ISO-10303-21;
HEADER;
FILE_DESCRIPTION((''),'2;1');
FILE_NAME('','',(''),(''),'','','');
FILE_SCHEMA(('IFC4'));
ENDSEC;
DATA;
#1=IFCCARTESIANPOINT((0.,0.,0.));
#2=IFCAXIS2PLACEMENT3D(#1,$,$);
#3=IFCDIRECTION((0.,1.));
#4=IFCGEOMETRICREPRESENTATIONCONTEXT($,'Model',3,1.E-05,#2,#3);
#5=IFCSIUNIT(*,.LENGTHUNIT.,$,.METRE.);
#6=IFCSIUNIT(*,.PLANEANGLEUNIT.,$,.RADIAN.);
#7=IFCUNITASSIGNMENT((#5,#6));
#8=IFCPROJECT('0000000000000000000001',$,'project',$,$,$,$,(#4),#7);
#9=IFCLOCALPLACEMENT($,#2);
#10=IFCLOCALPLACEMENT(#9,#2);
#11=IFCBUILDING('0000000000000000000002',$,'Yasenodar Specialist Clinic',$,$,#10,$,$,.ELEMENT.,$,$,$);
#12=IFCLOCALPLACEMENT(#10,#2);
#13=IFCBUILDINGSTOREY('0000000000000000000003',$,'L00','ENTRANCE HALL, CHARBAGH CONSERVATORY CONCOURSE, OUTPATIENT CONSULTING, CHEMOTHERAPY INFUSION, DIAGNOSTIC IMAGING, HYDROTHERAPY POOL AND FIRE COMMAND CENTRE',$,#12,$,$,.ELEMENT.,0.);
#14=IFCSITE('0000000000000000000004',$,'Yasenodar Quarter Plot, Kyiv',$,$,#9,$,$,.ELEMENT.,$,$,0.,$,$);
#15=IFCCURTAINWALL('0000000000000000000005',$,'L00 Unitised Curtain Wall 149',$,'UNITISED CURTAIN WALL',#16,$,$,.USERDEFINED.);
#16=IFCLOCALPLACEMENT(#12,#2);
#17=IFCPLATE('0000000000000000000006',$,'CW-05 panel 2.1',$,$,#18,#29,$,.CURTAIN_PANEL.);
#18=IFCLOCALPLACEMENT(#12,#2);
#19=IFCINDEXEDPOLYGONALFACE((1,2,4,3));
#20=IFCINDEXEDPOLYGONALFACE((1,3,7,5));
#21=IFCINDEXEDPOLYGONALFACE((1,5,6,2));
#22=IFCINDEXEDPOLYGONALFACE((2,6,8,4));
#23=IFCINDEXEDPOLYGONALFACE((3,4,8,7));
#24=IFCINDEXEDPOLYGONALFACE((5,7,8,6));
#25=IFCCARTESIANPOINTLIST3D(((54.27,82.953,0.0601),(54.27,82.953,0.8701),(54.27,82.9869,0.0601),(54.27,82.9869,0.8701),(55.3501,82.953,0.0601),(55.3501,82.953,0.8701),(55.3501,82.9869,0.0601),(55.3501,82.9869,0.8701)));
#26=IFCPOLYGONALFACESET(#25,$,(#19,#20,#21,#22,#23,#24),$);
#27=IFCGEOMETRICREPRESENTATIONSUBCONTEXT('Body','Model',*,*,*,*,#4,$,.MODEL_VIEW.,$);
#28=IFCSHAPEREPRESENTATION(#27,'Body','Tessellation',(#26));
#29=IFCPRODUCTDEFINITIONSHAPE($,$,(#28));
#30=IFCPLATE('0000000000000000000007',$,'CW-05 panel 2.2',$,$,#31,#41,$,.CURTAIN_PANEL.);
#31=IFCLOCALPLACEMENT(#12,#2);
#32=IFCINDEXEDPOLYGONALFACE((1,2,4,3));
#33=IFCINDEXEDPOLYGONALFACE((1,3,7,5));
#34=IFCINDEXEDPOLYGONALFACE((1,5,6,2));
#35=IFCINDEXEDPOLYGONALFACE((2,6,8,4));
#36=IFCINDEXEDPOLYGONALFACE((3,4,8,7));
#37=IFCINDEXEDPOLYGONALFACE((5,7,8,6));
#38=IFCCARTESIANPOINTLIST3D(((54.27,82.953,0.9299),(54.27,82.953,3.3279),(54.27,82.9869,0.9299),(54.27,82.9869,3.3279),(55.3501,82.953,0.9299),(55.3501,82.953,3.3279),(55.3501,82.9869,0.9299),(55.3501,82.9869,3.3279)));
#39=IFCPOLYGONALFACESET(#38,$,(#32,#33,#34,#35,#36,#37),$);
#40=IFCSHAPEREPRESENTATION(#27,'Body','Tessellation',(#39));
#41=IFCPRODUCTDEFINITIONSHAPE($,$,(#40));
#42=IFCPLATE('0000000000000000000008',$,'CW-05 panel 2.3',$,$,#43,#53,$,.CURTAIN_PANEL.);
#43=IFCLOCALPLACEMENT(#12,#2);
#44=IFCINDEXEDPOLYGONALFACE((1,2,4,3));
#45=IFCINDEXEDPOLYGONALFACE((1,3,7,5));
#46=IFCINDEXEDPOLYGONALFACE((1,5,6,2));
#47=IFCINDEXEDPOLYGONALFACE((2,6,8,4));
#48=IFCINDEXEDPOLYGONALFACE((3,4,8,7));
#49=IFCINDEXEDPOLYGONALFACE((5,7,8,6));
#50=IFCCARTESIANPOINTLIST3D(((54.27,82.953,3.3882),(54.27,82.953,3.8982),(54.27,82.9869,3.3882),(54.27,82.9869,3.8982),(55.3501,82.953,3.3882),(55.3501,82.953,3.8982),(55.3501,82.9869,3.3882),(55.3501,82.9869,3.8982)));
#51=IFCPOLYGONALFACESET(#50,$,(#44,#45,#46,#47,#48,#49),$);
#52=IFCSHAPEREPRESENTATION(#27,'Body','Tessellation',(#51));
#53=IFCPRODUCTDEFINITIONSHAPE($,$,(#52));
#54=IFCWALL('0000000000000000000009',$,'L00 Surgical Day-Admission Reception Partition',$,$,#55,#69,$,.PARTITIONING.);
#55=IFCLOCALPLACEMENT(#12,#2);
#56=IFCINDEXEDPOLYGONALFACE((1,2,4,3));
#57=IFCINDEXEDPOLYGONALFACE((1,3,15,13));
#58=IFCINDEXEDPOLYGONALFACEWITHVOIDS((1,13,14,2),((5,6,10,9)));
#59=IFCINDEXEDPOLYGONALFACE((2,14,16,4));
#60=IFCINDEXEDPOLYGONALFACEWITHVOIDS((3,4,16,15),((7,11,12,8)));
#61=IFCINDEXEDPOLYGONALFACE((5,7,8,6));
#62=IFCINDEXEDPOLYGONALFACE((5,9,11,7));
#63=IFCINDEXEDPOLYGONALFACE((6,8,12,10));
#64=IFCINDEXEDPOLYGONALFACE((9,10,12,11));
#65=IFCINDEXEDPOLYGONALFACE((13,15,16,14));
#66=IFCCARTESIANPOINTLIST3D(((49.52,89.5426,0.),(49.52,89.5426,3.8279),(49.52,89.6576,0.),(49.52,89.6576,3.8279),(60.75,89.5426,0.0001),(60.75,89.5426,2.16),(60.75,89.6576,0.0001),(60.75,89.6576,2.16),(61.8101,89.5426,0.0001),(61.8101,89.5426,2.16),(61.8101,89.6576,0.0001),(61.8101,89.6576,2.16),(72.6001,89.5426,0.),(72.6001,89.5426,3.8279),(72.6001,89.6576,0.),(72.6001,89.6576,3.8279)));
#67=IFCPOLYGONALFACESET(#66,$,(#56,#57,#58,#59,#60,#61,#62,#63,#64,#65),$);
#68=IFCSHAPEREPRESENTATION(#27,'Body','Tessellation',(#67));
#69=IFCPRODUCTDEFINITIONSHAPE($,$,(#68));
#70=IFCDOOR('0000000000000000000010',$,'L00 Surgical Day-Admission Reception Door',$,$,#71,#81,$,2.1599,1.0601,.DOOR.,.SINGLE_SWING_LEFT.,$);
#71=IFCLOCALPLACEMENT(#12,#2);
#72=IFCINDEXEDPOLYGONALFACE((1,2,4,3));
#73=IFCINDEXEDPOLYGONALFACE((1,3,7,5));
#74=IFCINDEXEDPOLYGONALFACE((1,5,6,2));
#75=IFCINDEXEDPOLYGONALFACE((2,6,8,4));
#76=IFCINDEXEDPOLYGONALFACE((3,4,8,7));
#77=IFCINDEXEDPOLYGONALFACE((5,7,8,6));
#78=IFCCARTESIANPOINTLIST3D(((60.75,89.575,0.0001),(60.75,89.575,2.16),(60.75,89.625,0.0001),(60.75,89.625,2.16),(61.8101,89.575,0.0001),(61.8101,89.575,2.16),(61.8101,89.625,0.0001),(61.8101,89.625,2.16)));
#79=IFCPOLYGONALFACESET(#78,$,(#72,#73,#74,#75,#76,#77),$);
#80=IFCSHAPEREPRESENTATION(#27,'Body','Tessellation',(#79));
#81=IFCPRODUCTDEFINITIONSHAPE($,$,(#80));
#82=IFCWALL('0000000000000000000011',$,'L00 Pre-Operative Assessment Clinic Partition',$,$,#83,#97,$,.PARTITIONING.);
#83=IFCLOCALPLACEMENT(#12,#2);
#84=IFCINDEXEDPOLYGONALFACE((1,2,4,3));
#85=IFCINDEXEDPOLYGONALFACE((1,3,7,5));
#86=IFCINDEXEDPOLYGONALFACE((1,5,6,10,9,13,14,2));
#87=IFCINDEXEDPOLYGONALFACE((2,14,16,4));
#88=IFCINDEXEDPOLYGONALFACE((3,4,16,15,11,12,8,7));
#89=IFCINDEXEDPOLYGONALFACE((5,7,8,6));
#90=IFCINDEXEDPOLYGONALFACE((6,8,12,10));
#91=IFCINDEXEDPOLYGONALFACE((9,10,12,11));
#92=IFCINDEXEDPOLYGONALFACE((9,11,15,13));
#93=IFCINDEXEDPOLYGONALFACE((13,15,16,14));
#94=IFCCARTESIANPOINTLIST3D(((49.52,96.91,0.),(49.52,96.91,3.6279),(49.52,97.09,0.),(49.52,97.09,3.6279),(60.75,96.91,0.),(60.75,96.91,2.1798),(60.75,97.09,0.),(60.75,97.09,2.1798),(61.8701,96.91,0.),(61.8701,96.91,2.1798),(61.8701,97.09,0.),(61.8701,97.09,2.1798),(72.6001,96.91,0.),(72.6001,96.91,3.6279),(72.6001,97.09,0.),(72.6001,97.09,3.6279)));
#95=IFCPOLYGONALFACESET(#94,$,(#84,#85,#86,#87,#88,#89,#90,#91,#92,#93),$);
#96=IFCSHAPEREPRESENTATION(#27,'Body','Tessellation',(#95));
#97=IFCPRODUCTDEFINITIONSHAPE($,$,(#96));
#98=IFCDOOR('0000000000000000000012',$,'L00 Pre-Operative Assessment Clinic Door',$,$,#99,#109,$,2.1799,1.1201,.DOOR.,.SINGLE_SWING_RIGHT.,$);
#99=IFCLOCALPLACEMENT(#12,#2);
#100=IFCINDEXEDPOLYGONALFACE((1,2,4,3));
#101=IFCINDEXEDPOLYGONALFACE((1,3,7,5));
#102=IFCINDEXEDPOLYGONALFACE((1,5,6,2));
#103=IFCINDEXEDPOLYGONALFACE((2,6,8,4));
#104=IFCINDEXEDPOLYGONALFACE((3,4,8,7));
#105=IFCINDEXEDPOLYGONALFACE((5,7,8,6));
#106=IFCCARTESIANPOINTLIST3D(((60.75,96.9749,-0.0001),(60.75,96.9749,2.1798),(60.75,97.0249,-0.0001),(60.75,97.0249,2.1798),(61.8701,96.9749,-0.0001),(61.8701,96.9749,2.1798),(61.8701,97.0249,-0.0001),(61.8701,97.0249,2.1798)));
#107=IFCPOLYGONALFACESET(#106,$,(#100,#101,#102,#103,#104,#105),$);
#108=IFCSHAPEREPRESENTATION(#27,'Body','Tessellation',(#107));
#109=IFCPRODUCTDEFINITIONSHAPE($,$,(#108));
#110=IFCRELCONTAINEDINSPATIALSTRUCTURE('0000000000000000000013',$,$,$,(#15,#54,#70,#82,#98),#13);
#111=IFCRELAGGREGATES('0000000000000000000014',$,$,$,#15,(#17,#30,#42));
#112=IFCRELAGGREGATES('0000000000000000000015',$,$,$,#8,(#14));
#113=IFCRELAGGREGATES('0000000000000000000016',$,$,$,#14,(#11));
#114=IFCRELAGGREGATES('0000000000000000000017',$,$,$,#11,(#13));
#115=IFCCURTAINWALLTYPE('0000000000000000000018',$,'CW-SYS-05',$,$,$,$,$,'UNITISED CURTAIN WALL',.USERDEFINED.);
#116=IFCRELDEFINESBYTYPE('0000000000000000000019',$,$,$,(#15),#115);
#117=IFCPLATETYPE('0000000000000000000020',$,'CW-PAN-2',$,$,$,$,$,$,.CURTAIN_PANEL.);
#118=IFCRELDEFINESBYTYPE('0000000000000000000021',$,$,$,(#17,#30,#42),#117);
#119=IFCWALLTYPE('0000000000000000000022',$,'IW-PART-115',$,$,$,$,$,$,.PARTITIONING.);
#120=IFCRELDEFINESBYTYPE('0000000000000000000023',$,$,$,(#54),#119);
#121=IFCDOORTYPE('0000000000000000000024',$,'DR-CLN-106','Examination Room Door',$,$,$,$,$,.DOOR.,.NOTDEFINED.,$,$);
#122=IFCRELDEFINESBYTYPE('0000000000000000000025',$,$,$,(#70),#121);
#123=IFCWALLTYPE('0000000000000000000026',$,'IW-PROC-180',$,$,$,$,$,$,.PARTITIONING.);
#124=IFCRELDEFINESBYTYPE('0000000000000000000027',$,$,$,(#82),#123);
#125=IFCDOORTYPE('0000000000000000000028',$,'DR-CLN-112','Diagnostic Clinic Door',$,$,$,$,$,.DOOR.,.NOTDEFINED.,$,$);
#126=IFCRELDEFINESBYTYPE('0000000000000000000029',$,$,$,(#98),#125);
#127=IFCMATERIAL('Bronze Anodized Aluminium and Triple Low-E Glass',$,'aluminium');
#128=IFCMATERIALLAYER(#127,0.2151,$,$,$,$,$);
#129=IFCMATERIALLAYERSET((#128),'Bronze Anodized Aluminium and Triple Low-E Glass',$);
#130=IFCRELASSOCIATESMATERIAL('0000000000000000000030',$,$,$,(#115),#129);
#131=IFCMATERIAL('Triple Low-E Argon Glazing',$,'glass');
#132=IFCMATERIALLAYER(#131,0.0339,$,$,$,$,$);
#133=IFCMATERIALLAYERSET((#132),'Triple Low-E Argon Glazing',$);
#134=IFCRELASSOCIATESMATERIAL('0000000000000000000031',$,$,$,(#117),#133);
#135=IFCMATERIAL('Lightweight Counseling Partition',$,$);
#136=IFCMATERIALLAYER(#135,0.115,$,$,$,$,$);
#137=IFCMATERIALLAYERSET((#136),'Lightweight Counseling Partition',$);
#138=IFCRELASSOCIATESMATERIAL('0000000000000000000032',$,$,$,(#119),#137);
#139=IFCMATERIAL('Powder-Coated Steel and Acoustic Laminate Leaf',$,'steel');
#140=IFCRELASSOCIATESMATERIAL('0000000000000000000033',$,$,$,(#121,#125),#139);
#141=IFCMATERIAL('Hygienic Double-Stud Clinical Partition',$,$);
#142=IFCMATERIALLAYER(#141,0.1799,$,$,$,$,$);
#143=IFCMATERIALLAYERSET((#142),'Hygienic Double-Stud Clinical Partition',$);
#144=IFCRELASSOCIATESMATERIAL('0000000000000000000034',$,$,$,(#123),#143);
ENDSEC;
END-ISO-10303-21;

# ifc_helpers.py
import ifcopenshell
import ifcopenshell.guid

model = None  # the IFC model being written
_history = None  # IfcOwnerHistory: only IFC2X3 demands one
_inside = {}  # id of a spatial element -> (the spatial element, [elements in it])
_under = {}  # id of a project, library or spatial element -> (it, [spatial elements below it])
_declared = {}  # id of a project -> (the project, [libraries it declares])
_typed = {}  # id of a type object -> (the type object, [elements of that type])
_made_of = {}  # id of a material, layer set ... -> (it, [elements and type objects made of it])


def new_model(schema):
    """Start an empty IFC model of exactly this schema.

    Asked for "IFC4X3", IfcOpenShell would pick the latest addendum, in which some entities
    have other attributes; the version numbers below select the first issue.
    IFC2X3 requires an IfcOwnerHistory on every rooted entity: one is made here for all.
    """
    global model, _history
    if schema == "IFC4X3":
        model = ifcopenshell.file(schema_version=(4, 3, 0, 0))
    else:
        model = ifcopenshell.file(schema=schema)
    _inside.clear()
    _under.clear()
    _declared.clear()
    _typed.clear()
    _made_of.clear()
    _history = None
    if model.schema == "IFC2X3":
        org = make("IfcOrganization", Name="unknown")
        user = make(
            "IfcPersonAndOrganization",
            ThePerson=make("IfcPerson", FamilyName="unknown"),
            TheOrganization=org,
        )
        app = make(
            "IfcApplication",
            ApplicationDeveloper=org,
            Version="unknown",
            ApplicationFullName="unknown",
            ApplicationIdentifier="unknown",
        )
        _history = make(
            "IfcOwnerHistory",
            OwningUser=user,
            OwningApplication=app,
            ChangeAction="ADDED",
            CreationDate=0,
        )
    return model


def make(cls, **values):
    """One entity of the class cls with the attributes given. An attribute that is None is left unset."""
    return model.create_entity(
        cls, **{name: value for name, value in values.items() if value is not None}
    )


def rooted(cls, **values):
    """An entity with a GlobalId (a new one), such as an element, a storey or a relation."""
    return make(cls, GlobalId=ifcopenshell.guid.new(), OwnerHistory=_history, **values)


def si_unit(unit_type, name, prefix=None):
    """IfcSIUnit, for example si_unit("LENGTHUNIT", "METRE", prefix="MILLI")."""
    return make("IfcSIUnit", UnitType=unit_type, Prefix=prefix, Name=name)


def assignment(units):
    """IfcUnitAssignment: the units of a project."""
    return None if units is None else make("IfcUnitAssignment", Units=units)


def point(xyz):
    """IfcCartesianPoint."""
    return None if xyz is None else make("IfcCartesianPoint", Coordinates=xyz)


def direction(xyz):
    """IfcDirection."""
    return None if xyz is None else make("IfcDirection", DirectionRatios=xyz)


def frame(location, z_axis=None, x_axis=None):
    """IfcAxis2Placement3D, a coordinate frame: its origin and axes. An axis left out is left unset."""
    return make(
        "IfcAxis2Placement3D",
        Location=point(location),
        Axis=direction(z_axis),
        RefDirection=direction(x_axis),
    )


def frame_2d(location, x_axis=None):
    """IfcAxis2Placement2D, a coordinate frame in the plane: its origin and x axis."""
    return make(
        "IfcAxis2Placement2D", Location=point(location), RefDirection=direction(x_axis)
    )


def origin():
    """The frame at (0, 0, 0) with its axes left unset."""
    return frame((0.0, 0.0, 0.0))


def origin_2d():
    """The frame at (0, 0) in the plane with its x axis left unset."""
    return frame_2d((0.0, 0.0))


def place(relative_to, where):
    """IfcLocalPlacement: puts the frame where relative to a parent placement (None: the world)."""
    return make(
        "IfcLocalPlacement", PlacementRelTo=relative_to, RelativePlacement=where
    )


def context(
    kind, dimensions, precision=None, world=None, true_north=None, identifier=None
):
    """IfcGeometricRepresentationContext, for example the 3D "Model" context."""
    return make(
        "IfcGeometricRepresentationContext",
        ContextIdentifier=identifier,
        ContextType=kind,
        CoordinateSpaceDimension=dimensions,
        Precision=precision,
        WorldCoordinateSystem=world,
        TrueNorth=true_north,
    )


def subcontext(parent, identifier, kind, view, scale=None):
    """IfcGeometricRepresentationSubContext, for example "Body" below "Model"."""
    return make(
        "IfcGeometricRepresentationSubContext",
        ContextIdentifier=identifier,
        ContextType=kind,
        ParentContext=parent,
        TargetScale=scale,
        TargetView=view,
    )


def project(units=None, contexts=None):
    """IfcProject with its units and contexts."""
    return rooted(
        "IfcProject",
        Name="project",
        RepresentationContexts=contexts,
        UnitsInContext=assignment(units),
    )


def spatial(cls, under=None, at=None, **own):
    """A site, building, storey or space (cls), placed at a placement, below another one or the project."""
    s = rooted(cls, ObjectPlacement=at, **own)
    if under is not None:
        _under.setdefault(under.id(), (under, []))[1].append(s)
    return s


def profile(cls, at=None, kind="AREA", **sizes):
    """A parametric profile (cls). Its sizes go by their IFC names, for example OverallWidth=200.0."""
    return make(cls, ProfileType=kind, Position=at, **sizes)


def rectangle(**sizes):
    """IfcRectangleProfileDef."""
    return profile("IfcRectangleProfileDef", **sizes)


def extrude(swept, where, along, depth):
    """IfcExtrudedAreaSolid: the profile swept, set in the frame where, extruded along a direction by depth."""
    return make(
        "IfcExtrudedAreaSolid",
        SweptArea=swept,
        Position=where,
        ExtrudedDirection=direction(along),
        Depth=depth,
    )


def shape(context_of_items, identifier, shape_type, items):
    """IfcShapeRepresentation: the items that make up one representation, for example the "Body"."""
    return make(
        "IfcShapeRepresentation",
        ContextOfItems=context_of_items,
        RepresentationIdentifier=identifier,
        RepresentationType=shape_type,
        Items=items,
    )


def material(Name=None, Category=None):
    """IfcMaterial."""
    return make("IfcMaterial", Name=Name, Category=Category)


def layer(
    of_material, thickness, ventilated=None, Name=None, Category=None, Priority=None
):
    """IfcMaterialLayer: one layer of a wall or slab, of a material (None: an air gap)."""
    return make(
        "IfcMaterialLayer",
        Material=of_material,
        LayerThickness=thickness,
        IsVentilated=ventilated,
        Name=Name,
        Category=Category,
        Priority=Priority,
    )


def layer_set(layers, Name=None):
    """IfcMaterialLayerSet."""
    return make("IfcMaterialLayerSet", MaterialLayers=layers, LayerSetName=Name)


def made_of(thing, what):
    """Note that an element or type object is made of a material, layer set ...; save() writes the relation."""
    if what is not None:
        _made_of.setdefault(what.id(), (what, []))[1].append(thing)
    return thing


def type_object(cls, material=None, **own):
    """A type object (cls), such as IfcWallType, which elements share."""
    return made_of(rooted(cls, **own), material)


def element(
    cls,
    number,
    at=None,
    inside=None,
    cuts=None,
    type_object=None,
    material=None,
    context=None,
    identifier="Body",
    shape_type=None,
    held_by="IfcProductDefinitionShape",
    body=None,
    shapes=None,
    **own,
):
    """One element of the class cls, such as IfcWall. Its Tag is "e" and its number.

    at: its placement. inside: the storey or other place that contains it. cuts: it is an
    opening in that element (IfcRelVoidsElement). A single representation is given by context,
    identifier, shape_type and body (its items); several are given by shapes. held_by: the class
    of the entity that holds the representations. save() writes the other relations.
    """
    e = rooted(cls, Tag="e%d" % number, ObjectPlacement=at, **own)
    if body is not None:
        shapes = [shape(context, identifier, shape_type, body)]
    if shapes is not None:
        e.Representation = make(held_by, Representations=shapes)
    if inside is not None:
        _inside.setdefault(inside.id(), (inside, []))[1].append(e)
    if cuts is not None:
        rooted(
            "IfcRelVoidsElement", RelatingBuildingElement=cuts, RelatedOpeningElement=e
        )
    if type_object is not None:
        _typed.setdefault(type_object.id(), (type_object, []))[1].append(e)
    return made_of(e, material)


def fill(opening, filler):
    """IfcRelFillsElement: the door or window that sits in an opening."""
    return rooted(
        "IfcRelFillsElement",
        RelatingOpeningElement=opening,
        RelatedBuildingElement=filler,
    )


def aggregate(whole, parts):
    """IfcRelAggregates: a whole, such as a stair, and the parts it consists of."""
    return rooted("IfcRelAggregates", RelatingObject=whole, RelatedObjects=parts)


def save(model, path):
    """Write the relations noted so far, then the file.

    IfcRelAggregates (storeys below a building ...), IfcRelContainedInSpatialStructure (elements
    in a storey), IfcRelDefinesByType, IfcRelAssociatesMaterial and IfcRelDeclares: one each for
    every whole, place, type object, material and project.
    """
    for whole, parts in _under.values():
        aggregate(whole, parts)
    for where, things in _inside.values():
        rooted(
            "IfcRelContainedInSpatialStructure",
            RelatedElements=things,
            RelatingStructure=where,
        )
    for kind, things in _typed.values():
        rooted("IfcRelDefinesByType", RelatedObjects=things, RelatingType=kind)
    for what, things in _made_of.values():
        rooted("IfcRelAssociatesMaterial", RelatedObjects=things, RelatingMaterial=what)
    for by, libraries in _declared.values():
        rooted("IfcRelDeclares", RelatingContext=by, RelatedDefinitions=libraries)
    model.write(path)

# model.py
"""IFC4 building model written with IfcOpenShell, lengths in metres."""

from ifc_helpers import new_model, si_unit, direction, frame, frame_2d, origin, origin_2d, place, context, subcontext, project, spatial, rectangle, extrude, material, layer, layer_set, type_object, element, fill, aggregate, save


model = new_model("IFC4")

# Units and contexts
model_context = context("Model", 3, precision=1e-05, world=origin(), true_north=direction((0.0, 1.0)))
body_context = subcontext(model_context, "Body", "Model", "MODEL_VIEW")
ifc_project = project(units=[si_unit("LENGTHUNIT", "METRE"), si_unit("PLANEANGLEUNIT", "RADIAN")], contexts=[model_context])

# Site, building, storey
site_placement = place(None, origin())
site = spatial("IfcSite", under=ifc_project, at=site_placement, Name="Yasenodar Quarter Plot, Kyiv", CompositionType="ELEMENT", RefElevation=0.0)
building_placement = place(site_placement, origin())
building = spatial("IfcBuilding", under=site, at=building_placement, Name="Yasenodar Specialist Clinic", CompositionType="ELEMENT")
storey_placement = place(building_placement, origin())
storey = spatial("IfcBuildingStorey", under=building, at=storey_placement, Name="L00", Description="ENTRANCE HALL, CHARBAGH CONSERVATORY CONCOURSE, OUTPATIENT CONSULTING, CHEMOTHERAPY INFUSION, DIAGNOSTIC IMAGING, HYDROTHERAPY POOL AND FIRE COMMAND CENTRE", CompositionType="ELEMENT", Elevation=0.0)

# Curtain wall
ifc_material_1 = material(Name="Bronze Anodized Aluminium and Triple Low-E Glass", Category="aluminium")
ifc_layer_1 = layer(ifc_material_1, 0.2151)
ifc_layer_set_1 = layer_set([ifc_layer_1], Name="Bronze Anodized Aluminium and Triple Low-E Glass")
curtain_wall_type = type_object("IfcCurtainWallType", Name="CW-SYS-05", ElementType="UNITISED CURTAIN WALL", PredefinedType="USERDEFINED", material=ifc_layer_set_1)
curtain_wall_placement = place(storey_placement, origin())
curtain_wall = element("IfcCurtainWall", 1, at=curtain_wall_placement, inside=storey, type_object=curtain_wall_type, Name="L00 Unitised Curtain Wall 149", ObjectType="UNITISED CURTAIN WALL", PredefinedType="USERDEFINED")

# Plates
ifc_material_2 = material(Name="Triple Low-E Argon Glazing", Category="glass")
ifc_layer_2 = layer(ifc_material_2, 0.0339)
ifc_layer_set_2 = layer_set([ifc_layer_2], Name="Triple Low-E Argon Glazing")
plate_type = type_object("IfcPlateType", Name="CW-PAN-2", PredefinedType="CURTAIN_PANEL", material=ifc_layer_set_2)
plate_1_placement = place(storey_placement, frame((54.8101, 82.97, 0.0601), z_axis=(0.0, 0.0, 1.0), x_axis=(-1.0, 0.0, 0.0)))
plate_1 = element("IfcPlate", 2, at=plate_1_placement, type_object=plate_type, Name="CW-05 panel 2.1", PredefinedType="CURTAIN_PANEL", context=body_context, shape_type="SweptSolid", body=[
    extrude(rectangle(XDim=1.0801, YDim=0.0339, at=origin_2d()), origin(), (0.0, 0.0, 1.0), 0.8101),
])
plate_2_placement = place(storey_placement, frame((54.8101, 82.97, 0.9299), z_axis=(0.0, 0.0, 1.0), x_axis=(-1.0, 0.0, 0.0)))
plate_2 = element("IfcPlate", 3, at=plate_2_placement, type_object=plate_type, Name="CW-05 panel 2.2", PredefinedType="CURTAIN_PANEL", context=body_context, shape_type="SweptSolid", body=[
    extrude(rectangle(XDim=1.0801, YDim=0.0339, at=origin_2d()), origin(), (0.0, 0.0, 1.0), 2.3979),
])
plate_3_placement = place(storey_placement, frame((54.8101, 82.97, 3.3882), z_axis=(0.0, 0.0, 1.0), x_axis=(-1.0, 0.0, 0.0)))
plate_3 = element("IfcPlate", 4, at=plate_3_placement, type_object=plate_type, Name="CW-05 panel 2.3", PredefinedType="CURTAIN_PANEL", context=body_context, shape_type="SweptSolid", body=[
    extrude(rectangle(XDim=1.0801, YDim=0.0339, at=origin_2d()), origin(), (0.0, 0.0, 1.0), 0.51),
])
aggregate(curtain_wall, [plate_1, plate_2, plate_3])

# Walls, openings, doors
ifc_material_3 = material(Name="Lightweight Counseling Partition")
ifc_layer_3 = layer(ifc_material_3, 0.115)
ifc_layer_set_3 = layer_set([ifc_layer_3], Name="Lightweight Counseling Partition")
wall_type_1 = type_object("IfcWallType", Name="IW-PART-115", PredefinedType="PARTITIONING", material=ifc_layer_set_3)
wall_1_placement = place(storey_placement, frame((49.52, 89.6001, 0.0), z_axis=(0.0, 0.0, 1.0), x_axis=(1.0, 0.0, 0.0)))
wall_1 = element("IfcWall", 5, at=wall_1_placement, inside=storey, type_object=wall_type_1, Name="L00 Surgical Day-Admission Reception Partition", PredefinedType="PARTITIONING", context=body_context, shape_type="SweptSolid", body=[
    extrude(rectangle(XDim=23.0801, YDim=0.115, at=frame_2d((11.54, 0.0))), origin(), (0.0, 0.0, 1.0), 3.8279),
])
opening_1_placement = place(wall_1_placement, frame((11.23, 0.0, 0.0)))
opening_1 = element("IfcOpeningElement", 6, at=opening_1_placement, cuts=wall_1, PredefinedType="OPENING", context=body_context, shape_type="SweptSolid", body=[
    extrude(rectangle(XDim=1.0601, YDim=2.1599, at=frame_2d((0.53, 1.0801))), frame((0.0, 0.0674, 0.0), z_axis=(0.0, -1.0, 0.0), x_axis=(1.0, 0.0, 0.0)), (0.0, 0.0, 1.0), 0.135),
])
ifc_material_4 = material(Name="Powder-Coated Steel and Acoustic Laminate Leaf", Category="steel")
door_type_1 = type_object("IfcDoorType", Name="DR-CLN-106", Description="Examination Room Door", OperationType="NOTDEFINED", PredefinedType="DOOR", material=ifc_material_4)
door_1_placement = place(opening_1_placement, origin())
door_1 = element("IfcDoor", 7, at=door_1_placement, inside=storey, type_object=door_type_1, Name="L00 Surgical Day-Admission Reception Door", OperationType="SINGLE_SWING_LEFT", OverallHeight=2.1599, OverallWidth=1.0601, PredefinedType="DOOR", context=body_context, shape_type="SweptSolid", body=[
    extrude(rectangle(XDim=1.0601, YDim=2.1599, at=frame_2d((0.53, 1.0801))), frame((0.0, 0.0249, 0.0), z_axis=(0.0, -1.0, 0.0), x_axis=(1.0, 0.0, 0.0)), (0.0, 0.0, 1.0), 0.05),
])
fill(opening_1, door_1)
ifc_material_5 = material(Name="Hygienic Double-Stud Clinical Partition")
ifc_layer_4 = layer(ifc_material_5, 0.1799)
ifc_layer_set_4 = layer_set([ifc_layer_4], Name="Hygienic Double-Stud Clinical Partition")
wall_type_2 = type_object("IfcWallType", Name="IW-PROC-180", PredefinedType="PARTITIONING", material=ifc_layer_set_4)
wall_2_placement = place(storey_placement, frame((49.52, 97.0, 0.0), z_axis=(0.0, 0.0, 1.0), x_axis=(1.0, 0.0, 0.0)))
wall_2 = element("IfcWall", 8, at=wall_2_placement, inside=storey, type_object=wall_type_2, Name="L00 Pre-Operative Assessment Clinic Partition", PredefinedType="PARTITIONING", context=body_context, shape_type="SweptSolid", body=[
    extrude(rectangle(XDim=23.0801, YDim=0.1799, at=frame_2d((11.54, 0.0))), origin(), (0.0, 0.0, 1.0), 3.6279),
])
opening_2_placement = place(wall_2_placement, frame((11.23, 0.0, 0.0)))
opening_2 = element("IfcOpeningElement", 9, at=opening_2_placement, cuts=wall_2, PredefinedType="OPENING", context=body_context, shape_type="SweptSolid", body=[
    extrude(rectangle(XDim=1.1201, YDim=2.1799, at=frame_2d((0.5601, 1.0898))), frame((0.0, 0.1001, 0.0), z_axis=(0.0, -1.0, 0.0), x_axis=(1.0, 0.0, 0.0)), (0.0, 0.0, 1.0), 0.2),
])
door_type_2 = type_object("IfcDoorType", Name="DR-CLN-112", Description="Diagnostic Clinic Door", OperationType="NOTDEFINED", PredefinedType="DOOR", material=ifc_material_4)
door_2_placement = place(opening_2_placement, origin())
door_2 = element("IfcDoor", 10, at=door_2_placement, inside=storey, type_object=door_type_2, Name="L00 Pre-Operative Assessment Clinic Door", OperationType="SINGLE_SWING_RIGHT", OverallHeight=2.1799, OverallWidth=1.1201, PredefinedType="DOOR", context=body_context, shape_type="SweptSolid", body=[
    extrude(rectangle(XDim=1.1201, YDim=2.1799, at=frame_2d((0.5601, 1.0898))), frame((0.0, 0.0249, 0.0), z_axis=(0.0, -1.0, 0.0), x_axis=(1.0, 0.0, 0.0)), (0.0, 0.0, 1.0), 0.05),
])
fill(opening_2, door_2)

save(model, "model.ifc")
